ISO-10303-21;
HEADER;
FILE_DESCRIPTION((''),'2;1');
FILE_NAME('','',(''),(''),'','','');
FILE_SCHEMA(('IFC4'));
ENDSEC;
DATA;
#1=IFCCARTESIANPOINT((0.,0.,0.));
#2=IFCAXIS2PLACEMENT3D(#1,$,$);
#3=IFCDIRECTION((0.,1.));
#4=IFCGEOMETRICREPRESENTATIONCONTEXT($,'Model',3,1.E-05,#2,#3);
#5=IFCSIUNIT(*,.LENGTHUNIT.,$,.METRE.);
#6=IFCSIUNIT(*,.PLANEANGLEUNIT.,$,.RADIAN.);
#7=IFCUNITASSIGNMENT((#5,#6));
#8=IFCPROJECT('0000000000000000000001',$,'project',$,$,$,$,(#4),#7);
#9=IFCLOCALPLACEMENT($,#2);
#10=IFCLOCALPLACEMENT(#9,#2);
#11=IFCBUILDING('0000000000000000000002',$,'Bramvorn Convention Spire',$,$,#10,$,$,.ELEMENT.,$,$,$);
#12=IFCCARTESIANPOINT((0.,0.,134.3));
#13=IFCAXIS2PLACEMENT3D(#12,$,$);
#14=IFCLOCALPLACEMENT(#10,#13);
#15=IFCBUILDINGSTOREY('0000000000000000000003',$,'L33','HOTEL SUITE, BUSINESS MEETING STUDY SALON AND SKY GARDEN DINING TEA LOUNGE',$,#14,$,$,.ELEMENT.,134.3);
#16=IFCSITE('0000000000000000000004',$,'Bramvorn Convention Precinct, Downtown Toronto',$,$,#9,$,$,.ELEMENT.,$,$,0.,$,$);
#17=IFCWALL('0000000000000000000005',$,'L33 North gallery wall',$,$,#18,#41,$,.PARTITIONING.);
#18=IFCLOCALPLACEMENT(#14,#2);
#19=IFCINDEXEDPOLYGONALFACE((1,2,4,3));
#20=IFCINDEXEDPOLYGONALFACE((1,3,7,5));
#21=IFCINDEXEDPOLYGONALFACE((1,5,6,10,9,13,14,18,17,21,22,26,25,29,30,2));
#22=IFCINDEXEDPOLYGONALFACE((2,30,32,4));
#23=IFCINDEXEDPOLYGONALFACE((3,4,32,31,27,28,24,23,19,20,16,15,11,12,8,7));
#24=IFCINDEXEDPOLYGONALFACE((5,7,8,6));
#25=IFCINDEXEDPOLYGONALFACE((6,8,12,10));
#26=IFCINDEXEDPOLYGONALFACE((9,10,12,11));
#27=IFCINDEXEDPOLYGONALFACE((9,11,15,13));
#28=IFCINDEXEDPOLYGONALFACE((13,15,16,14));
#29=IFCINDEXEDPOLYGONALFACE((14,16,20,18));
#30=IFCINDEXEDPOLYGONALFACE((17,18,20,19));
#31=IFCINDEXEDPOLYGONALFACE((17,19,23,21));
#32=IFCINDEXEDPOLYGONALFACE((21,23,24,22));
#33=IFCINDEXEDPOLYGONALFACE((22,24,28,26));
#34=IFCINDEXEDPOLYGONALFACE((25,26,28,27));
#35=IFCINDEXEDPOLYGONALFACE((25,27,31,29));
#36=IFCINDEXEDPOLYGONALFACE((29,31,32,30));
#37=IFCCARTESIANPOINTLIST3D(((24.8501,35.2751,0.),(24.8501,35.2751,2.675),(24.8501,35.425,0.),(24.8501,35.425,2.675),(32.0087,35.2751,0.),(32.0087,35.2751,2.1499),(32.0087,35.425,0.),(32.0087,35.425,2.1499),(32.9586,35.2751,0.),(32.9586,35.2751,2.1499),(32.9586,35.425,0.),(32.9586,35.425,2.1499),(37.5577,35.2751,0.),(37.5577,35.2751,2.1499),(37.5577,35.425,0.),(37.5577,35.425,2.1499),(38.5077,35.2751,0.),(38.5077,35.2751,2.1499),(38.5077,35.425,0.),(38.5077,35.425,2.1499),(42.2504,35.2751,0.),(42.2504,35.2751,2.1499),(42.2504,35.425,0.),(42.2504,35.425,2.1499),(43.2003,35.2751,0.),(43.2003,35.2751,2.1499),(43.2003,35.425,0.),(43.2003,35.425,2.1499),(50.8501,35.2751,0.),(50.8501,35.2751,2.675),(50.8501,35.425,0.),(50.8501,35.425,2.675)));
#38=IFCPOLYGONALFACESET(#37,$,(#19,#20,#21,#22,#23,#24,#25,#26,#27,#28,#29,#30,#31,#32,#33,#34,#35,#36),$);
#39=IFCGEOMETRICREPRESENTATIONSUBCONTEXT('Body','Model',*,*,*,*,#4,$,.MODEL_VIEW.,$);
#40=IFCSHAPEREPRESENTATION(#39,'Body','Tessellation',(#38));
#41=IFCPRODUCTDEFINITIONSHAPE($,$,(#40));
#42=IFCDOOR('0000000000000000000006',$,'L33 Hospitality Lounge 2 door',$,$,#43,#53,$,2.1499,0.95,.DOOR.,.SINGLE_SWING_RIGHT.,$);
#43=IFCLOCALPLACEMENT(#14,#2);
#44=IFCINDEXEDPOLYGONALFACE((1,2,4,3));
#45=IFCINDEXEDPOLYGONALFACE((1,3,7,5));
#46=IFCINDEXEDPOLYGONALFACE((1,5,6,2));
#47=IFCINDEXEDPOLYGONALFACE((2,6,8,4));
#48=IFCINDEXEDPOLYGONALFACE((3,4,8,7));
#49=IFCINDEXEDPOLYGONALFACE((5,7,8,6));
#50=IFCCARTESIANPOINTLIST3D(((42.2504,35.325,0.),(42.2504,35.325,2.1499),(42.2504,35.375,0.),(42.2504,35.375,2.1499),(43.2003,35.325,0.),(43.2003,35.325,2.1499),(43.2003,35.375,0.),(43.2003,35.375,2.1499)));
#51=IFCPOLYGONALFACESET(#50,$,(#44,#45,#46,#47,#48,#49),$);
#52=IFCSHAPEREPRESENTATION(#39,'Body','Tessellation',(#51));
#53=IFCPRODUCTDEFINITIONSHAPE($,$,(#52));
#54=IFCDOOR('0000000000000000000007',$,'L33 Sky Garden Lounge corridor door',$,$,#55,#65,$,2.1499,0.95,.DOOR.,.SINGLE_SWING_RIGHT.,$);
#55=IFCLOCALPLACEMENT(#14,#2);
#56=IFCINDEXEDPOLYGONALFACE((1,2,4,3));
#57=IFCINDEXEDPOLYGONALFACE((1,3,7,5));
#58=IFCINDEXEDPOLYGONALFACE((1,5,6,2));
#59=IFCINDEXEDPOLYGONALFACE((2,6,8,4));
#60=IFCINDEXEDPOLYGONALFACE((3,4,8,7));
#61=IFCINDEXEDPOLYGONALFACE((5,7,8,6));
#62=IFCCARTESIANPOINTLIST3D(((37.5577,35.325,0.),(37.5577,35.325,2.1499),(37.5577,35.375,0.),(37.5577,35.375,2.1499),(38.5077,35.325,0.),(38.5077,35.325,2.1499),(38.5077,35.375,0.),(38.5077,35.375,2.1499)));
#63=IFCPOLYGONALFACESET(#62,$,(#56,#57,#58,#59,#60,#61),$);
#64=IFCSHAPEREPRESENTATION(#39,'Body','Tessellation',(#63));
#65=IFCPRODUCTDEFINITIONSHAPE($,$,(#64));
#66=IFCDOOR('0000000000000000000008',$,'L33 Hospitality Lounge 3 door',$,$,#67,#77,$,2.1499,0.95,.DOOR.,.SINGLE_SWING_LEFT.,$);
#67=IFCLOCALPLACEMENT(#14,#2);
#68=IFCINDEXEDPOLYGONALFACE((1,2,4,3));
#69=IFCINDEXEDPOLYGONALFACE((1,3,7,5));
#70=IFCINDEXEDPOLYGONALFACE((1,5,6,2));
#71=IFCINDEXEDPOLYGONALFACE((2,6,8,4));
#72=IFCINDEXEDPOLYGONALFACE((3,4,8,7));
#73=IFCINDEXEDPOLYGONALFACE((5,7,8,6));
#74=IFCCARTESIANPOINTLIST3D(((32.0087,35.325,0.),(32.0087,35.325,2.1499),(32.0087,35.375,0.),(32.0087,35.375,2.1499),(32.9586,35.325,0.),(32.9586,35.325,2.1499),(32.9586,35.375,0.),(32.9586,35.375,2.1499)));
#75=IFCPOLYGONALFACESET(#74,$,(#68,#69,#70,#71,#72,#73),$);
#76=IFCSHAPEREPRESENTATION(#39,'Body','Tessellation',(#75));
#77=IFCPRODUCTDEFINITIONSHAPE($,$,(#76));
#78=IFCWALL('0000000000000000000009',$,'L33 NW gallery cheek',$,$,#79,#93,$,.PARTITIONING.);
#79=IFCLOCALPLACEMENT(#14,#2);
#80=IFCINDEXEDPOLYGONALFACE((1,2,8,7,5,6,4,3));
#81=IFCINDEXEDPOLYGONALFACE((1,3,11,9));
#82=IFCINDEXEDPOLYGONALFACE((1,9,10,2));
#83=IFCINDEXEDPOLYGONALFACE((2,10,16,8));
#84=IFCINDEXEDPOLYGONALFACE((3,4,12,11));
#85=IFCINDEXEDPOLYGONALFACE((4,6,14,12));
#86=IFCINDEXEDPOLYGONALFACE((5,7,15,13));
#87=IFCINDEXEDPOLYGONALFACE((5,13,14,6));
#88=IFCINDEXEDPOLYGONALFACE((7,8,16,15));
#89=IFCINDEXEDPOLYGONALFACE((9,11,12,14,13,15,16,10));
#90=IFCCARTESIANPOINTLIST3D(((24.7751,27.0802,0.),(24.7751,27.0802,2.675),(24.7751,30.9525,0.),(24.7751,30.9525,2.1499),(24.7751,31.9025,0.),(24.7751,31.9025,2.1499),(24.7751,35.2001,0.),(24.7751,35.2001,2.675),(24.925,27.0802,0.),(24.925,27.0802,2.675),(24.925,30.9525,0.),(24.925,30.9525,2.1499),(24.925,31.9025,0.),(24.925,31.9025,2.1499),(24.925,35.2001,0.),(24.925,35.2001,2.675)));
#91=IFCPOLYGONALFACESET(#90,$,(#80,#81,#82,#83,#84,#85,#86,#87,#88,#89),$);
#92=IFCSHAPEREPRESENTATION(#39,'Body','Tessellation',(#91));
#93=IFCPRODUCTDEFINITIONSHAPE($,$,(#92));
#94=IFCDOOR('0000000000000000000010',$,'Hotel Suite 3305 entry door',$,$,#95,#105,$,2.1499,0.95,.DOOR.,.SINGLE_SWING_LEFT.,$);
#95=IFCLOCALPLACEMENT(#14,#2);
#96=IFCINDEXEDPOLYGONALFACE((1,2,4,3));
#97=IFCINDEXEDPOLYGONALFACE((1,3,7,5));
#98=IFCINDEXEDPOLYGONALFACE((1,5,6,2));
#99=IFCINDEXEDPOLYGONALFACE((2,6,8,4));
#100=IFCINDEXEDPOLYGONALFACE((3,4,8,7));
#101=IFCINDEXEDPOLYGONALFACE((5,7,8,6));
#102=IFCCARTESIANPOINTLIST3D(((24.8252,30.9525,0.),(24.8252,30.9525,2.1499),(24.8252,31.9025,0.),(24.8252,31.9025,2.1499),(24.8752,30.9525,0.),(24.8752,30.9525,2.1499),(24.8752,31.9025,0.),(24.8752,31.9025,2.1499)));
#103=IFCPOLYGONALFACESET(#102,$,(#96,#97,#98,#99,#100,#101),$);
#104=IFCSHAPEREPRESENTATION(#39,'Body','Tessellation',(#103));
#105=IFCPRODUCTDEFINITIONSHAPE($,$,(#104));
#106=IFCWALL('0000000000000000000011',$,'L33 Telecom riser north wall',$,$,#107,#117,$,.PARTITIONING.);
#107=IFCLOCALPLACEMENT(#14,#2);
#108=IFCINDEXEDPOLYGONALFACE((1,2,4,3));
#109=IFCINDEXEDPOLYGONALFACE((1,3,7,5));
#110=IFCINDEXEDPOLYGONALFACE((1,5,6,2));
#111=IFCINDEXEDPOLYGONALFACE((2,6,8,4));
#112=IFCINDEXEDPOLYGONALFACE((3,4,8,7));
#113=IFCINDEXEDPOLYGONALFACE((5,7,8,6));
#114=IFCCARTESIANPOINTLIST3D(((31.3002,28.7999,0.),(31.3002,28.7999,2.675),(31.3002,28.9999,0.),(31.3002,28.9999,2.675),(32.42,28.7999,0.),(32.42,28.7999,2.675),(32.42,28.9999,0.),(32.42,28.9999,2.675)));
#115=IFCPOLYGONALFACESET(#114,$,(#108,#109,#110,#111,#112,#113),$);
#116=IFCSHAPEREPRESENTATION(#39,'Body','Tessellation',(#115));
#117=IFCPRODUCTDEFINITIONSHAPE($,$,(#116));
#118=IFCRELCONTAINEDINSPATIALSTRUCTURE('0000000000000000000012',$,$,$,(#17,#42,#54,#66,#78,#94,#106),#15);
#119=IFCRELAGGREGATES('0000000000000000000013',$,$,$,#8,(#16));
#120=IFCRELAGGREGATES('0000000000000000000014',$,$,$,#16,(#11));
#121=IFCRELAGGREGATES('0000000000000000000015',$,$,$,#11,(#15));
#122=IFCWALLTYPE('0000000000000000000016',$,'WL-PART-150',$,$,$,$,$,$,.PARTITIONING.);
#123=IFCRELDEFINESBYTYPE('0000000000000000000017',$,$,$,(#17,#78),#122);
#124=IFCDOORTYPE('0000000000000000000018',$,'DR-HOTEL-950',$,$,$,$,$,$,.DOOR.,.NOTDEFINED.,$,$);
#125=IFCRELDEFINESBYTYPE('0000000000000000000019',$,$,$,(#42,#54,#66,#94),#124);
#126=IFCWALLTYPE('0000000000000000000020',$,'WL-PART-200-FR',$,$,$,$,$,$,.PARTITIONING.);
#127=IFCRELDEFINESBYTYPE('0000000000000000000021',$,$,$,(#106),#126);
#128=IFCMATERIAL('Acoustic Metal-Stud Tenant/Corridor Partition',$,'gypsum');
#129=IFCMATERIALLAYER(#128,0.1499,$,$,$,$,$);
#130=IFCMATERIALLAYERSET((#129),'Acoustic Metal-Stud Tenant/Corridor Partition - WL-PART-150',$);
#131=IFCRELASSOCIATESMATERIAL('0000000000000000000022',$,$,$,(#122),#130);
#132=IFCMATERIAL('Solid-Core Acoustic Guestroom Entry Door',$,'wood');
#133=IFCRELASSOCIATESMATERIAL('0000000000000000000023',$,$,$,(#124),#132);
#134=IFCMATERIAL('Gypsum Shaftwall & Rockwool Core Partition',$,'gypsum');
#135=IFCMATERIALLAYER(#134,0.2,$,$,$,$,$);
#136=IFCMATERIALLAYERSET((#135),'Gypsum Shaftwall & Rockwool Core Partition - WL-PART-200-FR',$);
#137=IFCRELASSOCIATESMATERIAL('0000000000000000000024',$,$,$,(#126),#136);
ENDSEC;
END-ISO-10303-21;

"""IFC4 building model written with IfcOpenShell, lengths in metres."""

from ifc_helpers import new_model, si_unit, direction, frame, frame_2d, origin, place, context, subcontext, project, spatial, rectangle, extrude, material, layer, layer_set, type_object, element, fill, save


model = new_model("IFC4")

# Units and contexts
model_context = context("Model", 3, precision=1e-05, world=origin(), true_north=direction((0.0, 1.0)))
body_context = subcontext(model_context, "Body", "Model", "MODEL_VIEW")
ifc_project = project(units=[si_unit("LENGTHUNIT", "METRE"), si_unit("PLANEANGLEUNIT", "RADIAN")], contexts=[model_context])

# Site, building, storey
site_placement = place(None, origin())
site = spatial("IfcSite", under=ifc_project, at=site_placement, Name="Bramvorn Convention Precinct, Downtown Toronto", CompositionType="ELEMENT", RefElevation=0.0)
building_placement = place(site_placement, origin())
building = spatial("IfcBuilding", under=site, at=building_placement, Name="Bramvorn Convention Spire", CompositionType="ELEMENT")
storey_placement = place(building_placement, frame((0.0, 0.0, 134.3)))
storey = spatial("IfcBuildingStorey", under=building, at=storey_placement, Name="L33", Description="HOTEL SUITE, BUSINESS MEETING STUDY SALON AND SKY GARDEN DINING TEA LOUNGE", CompositionType="ELEMENT", Elevation=134.3)

# Wall, openings, doors
ifc_material_1 = material(Name="Acoustic Metal-Stud Tenant/Corridor Partition", Category="gypsum")
ifc_layer_1 = layer(ifc_material_1, 0.1499)
ifc_layer_set_1 = layer_set([ifc_layer_1], Name="Acoustic Metal-Stud Tenant/Corridor Partition - WL-PART-150")
wall_type_1 = type_object("IfcWallType", Name="WL-PART-150", PredefinedType="PARTITIONING", material=ifc_layer_set_1)
wall_1_placement = place(storey_placement, frame((24.8501, 35.3501, 0.0), z_axis=(0.0, 0.0, 1.0), x_axis=(1.0, 0.0, 0.0)))
wall_1 = element("IfcWall", 1, at=wall_1_placement, inside=storey, type_object=wall_type_1, Name="L33 North gallery wall", PredefinedType="PARTITIONING", context=body_context, shape_type="SweptSolid", body=[
    extrude(rectangle(XDim=26.0, YDim=0.1499, at=frame_2d((13.0, 0.0))), origin(), (0.0, 0.0, 1.0), 2.675),
])
opening_1_placement = place(wall_1_placement, frame((17.4001, 0.0, 0.0)))
opening_1 = element("IfcOpeningElement", 2, at=opening_1_placement, cuts=wall_1, PredefinedType="OPENING", context=body_context, shape_type="SweptSolid", body=[
    extrude(rectangle(XDim=0.95, YDim=2.1499, at=frame_2d((0.4751, 1.075))), frame((0.0, 0.085, 0.0), z_axis=(0.0, -1.0, 0.0), x_axis=(1.0, 0.0, 0.0)), (0.0, 0.0, 1.0), 0.1699),
])
opening_2_placement = place(wall_1_placement, frame((12.7075, 0.0, 0.0)))
opening_2 = element("IfcOpeningElement", 3, at=opening_2_placement, cuts=wall_1, PredefinedType="OPENING", context=body_context, shape_type="SweptSolid", body=[
    extrude(rectangle(XDim=0.95, YDim=2.1499, at=frame_2d((0.4751, 1.075))), frame((0.0, 0.085, 0.0), z_axis=(0.0, -1.0, 0.0), x_axis=(1.0, 0.0, 0.0)), (0.0, 0.0, 1.0), 0.1699),
])
opening_3_placement = place(wall_1_placement, frame((7.1584, 0.0, 0.0)))
opening_3 = element("IfcOpeningElement", 4, at=opening_3_placement, cuts=wall_1, PredefinedType="OPENING", context=body_context, shape_type="SweptSolid", body=[
    extrude(rectangle(XDim=0.95, YDim=2.1499, at=frame_2d((0.4751, 1.075))), frame((0.0, 0.085, 0.0), z_axis=(0.0, -1.0, 0.0), x_axis=(1.0, 0.0, 0.0)), (0.0, 0.0, 1.0), 0.1699),
])
ifc_material_2 = material(Name="Solid-Core Acoustic Guestroom Entry Door", Category="wood")
door_type_1 = type_object("IfcDoorType", Name="DR-HOTEL-950", OperationType="NOTDEFINED", PredefinedType="DOOR", material=ifc_material_2)
door_1_placement = place(opening_1_placement, origin())
door_1 = element("IfcDoor", 5, at=door_1_placement, inside=storey, type_object=door_type_1, Name="L33 Hospitality Lounge 2 door", OperationType="SINGLE_SWING_RIGHT", OverallHeight=2.1499, OverallWidth=0.95, PredefinedType="DOOR", context=body_context, shape_type="SweptSolid", body=[
    extrude(rectangle(XDim=0.95, YDim=2.1499, at=frame_2d((0.4751, 1.075))), frame((0.0, 0.0249, 0.0), z_axis=(0.0, -1.0, 0.0), x_axis=(1.0, 0.0, 0.0)), (0.0, 0.0, 1.0), 0.05),
])
fill(opening_1, door_1)
door_2_placement = place(opening_2_placement, origin())
door_2 = element("IfcDoor", 6, at=door_2_placement, inside=storey, type_object=door_type_1, Name="L33 Sky Garden Lounge corridor door", OperationType="SINGLE_SWING_RIGHT", OverallHeight=2.1499, OverallWidth=0.95, PredefinedType="DOOR", context=body_context, shape_type="SweptSolid", body=[
    extrude(rectangle(XDim=0.95, YDim=2.1499, at=frame_2d((0.4751, 1.075))), frame((0.0, 0.0249, 0.0), z_axis=(0.0, -1.0, 0.0), x_axis=(1.0, 0.0, 0.0)), (0.0, 0.0, 1.0), 0.05),
])
fill(opening_2, door_2)
door_3_placement = place(opening_3_placement, origin())
door_3 = element("IfcDoor", 7, at=door_3_placement, inside=storey, type_object=door_type_1, Name="L33 Hospitality Lounge 3 door", OperationType="SINGLE_SWING_LEFT", OverallHeight=2.1499, OverallWidth=0.95, PredefinedType="DOOR", context=body_context, shape_type="SweptSolid", body=[
    extrude(rectangle(XDim=0.95, YDim=2.1499, at=frame_2d((0.4751, 1.075))), frame((0.0, 0.0249, 0.0), z_axis=(0.0, -1.0, 0.0), x_axis=(1.0, 0.0, 0.0)), (0.0, 0.0, 1.0), 0.05),
])
fill(opening_3, door_3)

# Wall, opening, door
wall_2_placement = place(storey_placement, frame((24.8501, 27.0801, 0.0), z_axis=(0.0, 0.0, 1.0), x_axis=(0.0, 1.0, 0.0)))
wall_2 = element("IfcWall", 8, at=wall_2_placement, inside=storey, type_object=wall_type_1, Name="L33 NW gallery cheek", PredefinedType="PARTITIONING", context=body_context, shape_type="SweptSolid", body=[
    extrude(rectangle(XDim=8.1199, YDim=0.1499, at=frame_2d((4.0601, 0.0))), origin(), (0.0, 0.0, 1.0), 2.675),
])
opening_4_placement = place(wall_2_placement, frame((3.8723, 0.0, 0.0)))
opening_4 = element("IfcOpeningElement", 9, at=opening_4_placement, cuts=wall_2, PredefinedType="OPENING", context=body_context, shape_type="SweptSolid", body=[
    extrude(rectangle(XDim=0.95, YDim=2.1499, at=frame_2d((0.4751, 1.075))), frame((0.0, 0.085, 0.0), z_axis=(0.0, -1.0, 0.0), x_axis=(1.0, 0.0, 0.0)), (0.0, 0.0, 1.0), 0.1699),
])
door_4_placement = place(opening_4_placement, origin())
door_4 = element("IfcDoor", 10, at=door_4_placement, inside=storey, type_object=door_type_1, Name="Hotel Suite 3305 entry door", OperationType="SINGLE_SWING_LEFT", OverallHeight=2.1499, OverallWidth=0.95, PredefinedType="DOOR", context=body_context, shape_type="SweptSolid", body=[
    extrude(rectangle(XDim=0.95, YDim=2.1499, at=frame_2d((0.4751, 1.075))), frame((0.0, 0.0249, 0.0), z_axis=(0.0, -1.0, 0.0), x_axis=(1.0, 0.0, 0.0)), (0.0, 0.0, 1.0), 0.05),
])
fill(opening_4, door_4)

# Wall
ifc_material_3 = material(Name="Gypsum Shaftwall & Rockwool Core Partition", Category="gypsum")
ifc_layer_2 = layer(ifc_material_3, 0.2)
ifc_layer_set_2 = layer_set([ifc_layer_2], Name="Gypsum Shaftwall & Rockwool Core Partition - WL-PART-200-FR")
wall_type_2 = type_object("IfcWallType", Name="WL-PART-200-FR", PredefinedType="PARTITIONING", material=ifc_layer_set_2)
wall_3_placement = place(storey_placement, frame((31.3, 28.8999, 0.0), z_axis=(0.0, 0.0, 1.0), x_axis=(1.0, 0.0, 0.0)))
element("IfcWall", 11, at=wall_3_placement, inside=storey, type_object=wall_type_2, Name="L33 Telecom riser north wall", PredefinedType="PARTITIONING", context=body_context, shape_type="SweptSolid", body=[
    extrude(rectangle(XDim=1.1199, YDim=0.2, at=frame_2d((0.5601, 0.0))), origin(), (0.0, 0.0, 1.0), 2.675),
])

save(model, "model.ifc")
